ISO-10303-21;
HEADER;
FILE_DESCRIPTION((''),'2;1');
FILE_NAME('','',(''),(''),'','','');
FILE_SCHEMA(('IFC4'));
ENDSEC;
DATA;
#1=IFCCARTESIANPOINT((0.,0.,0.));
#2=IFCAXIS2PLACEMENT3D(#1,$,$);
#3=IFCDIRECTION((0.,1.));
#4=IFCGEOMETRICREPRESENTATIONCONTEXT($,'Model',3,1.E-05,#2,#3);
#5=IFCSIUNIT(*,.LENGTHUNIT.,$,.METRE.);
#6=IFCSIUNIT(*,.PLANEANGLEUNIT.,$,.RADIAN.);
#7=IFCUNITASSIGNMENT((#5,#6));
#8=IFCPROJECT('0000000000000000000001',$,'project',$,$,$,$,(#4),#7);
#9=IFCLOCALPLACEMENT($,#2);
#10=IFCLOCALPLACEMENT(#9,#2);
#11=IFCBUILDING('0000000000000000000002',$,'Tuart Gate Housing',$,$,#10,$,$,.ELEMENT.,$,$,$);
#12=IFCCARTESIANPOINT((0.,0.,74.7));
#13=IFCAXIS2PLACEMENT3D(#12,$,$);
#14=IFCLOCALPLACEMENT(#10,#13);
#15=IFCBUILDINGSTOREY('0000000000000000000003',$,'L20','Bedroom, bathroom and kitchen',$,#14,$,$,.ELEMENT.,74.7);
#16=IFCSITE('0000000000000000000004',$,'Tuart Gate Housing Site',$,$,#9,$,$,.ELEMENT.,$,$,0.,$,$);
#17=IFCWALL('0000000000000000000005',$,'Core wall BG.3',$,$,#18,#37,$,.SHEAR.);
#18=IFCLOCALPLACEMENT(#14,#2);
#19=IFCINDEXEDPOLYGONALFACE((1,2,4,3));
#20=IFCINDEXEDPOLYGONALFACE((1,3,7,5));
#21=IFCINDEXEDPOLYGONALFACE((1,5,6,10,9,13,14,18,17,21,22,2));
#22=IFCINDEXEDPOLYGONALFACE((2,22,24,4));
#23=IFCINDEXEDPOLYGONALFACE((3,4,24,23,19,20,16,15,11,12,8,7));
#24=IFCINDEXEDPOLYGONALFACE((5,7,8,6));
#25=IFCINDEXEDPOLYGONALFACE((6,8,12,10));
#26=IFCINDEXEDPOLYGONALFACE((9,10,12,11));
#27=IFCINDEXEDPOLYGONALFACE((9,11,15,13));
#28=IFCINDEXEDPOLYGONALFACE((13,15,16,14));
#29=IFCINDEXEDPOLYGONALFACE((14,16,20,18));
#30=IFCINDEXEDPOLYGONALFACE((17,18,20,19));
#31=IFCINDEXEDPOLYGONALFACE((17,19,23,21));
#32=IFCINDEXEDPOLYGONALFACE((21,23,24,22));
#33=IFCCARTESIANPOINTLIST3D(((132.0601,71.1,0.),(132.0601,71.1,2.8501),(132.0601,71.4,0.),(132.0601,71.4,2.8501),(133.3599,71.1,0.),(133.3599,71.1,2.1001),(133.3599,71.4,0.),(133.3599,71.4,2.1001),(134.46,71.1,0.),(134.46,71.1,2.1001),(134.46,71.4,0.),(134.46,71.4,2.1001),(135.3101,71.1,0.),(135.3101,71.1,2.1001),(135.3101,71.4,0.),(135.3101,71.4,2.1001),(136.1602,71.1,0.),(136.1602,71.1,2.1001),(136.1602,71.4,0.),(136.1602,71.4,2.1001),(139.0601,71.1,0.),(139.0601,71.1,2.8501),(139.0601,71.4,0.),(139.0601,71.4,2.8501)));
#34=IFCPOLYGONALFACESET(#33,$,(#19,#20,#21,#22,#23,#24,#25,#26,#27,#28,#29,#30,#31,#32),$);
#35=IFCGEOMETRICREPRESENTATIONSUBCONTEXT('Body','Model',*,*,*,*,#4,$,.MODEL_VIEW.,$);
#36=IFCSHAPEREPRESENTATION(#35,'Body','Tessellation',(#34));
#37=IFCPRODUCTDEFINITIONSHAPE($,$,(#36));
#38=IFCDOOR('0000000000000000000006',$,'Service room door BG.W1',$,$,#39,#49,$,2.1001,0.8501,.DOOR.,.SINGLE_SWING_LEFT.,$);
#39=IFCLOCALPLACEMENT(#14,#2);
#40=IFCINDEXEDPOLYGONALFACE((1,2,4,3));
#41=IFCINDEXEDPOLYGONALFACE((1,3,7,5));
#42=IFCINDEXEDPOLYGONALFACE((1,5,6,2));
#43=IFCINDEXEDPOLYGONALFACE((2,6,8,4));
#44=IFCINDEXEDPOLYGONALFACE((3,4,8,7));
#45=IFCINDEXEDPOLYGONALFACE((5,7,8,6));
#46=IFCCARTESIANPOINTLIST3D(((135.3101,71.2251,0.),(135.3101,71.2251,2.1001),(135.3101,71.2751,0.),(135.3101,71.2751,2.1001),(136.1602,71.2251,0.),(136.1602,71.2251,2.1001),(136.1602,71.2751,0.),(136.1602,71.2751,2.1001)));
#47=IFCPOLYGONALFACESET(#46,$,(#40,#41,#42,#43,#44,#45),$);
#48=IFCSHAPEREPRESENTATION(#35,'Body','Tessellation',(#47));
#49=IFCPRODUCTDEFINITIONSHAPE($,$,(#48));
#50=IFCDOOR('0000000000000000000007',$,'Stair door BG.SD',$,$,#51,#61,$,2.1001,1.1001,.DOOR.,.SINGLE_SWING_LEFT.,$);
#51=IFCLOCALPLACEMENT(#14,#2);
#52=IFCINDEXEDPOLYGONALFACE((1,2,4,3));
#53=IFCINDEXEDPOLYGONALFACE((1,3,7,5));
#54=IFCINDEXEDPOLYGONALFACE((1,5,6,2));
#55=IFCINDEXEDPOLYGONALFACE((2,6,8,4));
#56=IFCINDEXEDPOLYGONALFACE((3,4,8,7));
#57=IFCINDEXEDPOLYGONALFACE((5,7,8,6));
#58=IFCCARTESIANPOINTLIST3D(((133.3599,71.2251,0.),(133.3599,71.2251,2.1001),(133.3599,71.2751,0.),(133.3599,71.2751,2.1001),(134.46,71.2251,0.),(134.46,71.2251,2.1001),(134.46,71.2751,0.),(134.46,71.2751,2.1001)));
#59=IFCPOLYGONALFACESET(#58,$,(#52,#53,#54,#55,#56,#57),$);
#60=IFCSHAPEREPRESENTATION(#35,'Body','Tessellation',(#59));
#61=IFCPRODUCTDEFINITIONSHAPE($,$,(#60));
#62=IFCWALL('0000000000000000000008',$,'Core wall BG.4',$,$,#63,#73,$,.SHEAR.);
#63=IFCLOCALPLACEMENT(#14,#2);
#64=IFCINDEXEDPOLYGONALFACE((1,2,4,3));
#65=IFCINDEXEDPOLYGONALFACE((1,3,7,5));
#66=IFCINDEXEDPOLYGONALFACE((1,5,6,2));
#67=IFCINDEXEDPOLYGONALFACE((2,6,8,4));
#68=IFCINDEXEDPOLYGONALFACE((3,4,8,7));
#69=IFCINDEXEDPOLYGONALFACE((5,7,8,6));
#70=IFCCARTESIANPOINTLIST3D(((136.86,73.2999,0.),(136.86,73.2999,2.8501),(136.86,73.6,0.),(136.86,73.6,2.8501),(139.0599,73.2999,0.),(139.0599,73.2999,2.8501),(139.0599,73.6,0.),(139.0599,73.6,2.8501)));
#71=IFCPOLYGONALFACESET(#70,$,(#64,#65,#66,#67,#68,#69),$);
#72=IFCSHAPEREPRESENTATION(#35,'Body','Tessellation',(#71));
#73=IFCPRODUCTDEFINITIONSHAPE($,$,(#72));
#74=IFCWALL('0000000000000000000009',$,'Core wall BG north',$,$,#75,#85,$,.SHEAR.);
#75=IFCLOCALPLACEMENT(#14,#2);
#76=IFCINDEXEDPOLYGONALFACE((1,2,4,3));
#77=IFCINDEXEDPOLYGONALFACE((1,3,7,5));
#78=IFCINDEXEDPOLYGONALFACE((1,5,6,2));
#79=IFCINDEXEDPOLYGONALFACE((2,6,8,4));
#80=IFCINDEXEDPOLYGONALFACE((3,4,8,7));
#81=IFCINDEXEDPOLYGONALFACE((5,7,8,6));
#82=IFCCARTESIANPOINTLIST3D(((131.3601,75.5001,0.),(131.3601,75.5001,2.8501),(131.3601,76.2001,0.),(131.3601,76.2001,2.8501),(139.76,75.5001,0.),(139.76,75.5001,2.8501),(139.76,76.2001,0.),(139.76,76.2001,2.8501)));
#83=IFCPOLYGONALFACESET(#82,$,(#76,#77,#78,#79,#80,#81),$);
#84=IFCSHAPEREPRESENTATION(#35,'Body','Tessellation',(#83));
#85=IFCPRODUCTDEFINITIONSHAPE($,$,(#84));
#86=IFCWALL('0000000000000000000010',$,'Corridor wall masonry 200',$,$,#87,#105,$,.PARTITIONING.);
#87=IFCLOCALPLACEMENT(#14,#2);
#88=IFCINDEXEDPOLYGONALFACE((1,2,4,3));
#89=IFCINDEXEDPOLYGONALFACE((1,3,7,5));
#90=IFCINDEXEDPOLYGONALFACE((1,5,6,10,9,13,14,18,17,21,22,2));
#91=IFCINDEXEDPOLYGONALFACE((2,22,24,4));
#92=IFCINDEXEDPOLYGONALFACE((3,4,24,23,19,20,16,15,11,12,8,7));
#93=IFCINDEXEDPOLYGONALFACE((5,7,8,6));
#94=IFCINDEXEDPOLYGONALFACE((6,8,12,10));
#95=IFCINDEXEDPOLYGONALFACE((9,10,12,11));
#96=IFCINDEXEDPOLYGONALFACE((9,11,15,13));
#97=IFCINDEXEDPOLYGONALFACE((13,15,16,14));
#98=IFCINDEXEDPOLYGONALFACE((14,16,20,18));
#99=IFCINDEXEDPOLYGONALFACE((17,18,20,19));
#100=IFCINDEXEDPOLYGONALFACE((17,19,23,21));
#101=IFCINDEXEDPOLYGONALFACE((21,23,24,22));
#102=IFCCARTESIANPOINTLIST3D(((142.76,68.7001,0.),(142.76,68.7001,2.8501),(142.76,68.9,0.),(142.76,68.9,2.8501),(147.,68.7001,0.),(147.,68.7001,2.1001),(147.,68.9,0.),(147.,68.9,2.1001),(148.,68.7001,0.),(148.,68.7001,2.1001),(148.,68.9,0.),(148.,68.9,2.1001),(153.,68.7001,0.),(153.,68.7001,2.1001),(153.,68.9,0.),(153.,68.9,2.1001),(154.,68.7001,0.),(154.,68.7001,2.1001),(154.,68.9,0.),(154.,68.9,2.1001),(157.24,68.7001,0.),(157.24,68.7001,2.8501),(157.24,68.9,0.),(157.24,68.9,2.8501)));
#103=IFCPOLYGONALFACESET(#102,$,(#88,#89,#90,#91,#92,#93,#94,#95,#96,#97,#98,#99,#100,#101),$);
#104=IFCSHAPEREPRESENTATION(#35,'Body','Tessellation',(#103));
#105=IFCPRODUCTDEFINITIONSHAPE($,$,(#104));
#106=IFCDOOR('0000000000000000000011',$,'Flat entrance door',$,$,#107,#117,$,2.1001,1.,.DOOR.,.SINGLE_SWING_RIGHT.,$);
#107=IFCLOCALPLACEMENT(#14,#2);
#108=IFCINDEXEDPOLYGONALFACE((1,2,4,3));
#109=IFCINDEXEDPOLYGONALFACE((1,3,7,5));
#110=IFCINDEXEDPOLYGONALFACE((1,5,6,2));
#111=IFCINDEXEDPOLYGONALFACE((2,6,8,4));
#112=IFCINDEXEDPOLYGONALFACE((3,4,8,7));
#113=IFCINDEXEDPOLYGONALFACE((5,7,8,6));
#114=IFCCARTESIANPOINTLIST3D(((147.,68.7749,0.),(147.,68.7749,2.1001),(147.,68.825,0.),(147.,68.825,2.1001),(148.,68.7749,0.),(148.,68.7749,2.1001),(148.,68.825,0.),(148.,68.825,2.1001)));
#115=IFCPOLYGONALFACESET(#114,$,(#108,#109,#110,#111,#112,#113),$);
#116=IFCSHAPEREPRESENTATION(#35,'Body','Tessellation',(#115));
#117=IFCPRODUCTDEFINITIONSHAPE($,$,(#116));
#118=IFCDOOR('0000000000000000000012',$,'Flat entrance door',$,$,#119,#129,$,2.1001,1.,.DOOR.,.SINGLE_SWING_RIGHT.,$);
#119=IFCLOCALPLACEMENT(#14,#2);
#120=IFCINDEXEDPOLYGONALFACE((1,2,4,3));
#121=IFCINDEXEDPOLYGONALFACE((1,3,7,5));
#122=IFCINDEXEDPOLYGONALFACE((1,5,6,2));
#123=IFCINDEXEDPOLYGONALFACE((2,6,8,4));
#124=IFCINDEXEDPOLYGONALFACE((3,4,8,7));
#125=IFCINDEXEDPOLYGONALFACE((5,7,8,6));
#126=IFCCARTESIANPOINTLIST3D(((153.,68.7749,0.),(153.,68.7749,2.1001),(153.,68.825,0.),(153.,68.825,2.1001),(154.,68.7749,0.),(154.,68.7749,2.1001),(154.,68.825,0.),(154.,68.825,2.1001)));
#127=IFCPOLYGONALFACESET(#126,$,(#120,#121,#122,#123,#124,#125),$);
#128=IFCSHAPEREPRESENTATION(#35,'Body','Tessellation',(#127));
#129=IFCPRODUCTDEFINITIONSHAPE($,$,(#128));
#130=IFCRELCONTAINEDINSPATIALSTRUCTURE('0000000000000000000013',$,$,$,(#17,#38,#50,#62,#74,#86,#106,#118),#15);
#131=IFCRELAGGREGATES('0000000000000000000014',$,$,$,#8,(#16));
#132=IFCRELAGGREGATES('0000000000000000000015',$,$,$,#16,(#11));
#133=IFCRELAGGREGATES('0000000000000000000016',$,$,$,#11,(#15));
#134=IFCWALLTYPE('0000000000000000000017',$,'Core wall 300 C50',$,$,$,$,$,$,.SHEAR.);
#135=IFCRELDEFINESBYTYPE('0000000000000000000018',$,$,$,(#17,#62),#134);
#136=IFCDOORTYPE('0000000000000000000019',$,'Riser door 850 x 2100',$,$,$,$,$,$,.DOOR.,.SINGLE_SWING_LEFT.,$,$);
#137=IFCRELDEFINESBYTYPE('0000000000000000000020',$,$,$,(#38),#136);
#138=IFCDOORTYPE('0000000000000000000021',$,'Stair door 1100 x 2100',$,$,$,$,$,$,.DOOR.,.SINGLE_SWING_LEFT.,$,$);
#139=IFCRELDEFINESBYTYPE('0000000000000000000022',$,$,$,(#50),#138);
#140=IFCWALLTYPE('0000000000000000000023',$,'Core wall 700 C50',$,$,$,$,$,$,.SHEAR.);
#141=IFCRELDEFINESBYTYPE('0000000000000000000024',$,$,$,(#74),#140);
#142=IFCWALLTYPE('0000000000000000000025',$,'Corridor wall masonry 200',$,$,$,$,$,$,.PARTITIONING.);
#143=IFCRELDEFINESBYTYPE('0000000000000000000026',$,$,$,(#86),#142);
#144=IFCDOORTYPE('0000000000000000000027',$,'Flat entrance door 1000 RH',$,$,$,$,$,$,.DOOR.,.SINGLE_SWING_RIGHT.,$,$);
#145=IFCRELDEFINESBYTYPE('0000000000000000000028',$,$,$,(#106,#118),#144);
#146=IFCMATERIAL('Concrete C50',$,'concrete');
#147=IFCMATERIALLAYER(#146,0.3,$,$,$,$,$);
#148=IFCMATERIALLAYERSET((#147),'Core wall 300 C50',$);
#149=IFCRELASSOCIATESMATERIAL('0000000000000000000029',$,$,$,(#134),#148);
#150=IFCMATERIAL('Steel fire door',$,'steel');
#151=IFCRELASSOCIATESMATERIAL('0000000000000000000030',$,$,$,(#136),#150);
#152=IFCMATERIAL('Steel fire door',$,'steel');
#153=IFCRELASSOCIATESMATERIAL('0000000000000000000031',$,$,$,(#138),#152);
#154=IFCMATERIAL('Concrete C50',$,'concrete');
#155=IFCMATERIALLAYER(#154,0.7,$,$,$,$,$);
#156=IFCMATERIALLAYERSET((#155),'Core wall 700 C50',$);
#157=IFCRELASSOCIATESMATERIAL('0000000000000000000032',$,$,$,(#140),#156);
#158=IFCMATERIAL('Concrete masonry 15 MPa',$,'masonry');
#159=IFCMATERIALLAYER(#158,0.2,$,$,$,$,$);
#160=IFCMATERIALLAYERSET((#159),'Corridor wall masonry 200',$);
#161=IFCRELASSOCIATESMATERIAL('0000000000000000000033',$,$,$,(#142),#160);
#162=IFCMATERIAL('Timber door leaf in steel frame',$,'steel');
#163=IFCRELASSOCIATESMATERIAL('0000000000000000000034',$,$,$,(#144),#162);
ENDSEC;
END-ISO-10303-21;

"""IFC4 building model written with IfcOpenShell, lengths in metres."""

from ifc_helpers import new_model, si_unit, direction, frame, frame_2d, origin, place, context, subcontext, project, spatial, rectangle, extrude, material, layer, layer_set, type_object, element, fill, save


model = new_model("IFC4")

# Units and contexts
model_context = context("Model", 3, precision=1e-05, world=origin(), true_north=direction((0.0, 1.0)))
body_context = subcontext(model_context, "Body", "Model", "MODEL_VIEW")
ifc_project = project(units=[si_unit("LENGTHUNIT", "METRE"), si_unit("PLANEANGLEUNIT", "RADIAN")], contexts=[model_context])

# Site, building, storey
site_placement = place(None, origin())
site = spatial("IfcSite", under=ifc_project, at=site_placement, Name="Tuart Gate Housing Site", CompositionType="ELEMENT", RefElevation=0.0)
building_placement = place(site_placement, origin())
building = spatial("IfcBuilding", under=site, at=building_placement, Name="Tuart Gate Housing", CompositionType="ELEMENT")
storey_placement = place(building_placement, frame((0.0, 0.0, 74.7)))
storey = spatial("IfcBuildingStorey", under=building, at=storey_placement, Name="L20", Description="Bedroom, bathroom and kitchen", CompositionType="ELEMENT", Elevation=74.7)

# Wall, openings, doors
ifc_material_1 = material(Name="Concrete C50", Category="concrete")
ifc_layer_1 = layer(ifc_material_1, 0.3)
ifc_layer_set_1 = layer_set([ifc_layer_1], Name="Core wall 300 C50")
wall_type_1 = type_object("IfcWallType", Name="Core wall 300 C50", PredefinedType="SHEAR", material=ifc_layer_set_1)
wall_1_placement = place(storey_placement, frame((139.0601, 71.25, 0.0), z_axis=(0.0, 0.0, 1.0), x_axis=(-1.0, 0.0, 0.0)))
wall_1 = element("IfcWall", 1, at=wall_1_placement, inside=storey, type_object=wall_type_1, Name="Core wall BG.3", PredefinedType="SHEAR", context=body_context, shape_type="SweptSolid", body=[
    extrude(rectangle(XDim=7.0, YDim=0.3, at=frame_2d((3.5, 0.0))), origin(), (0.0, 0.0, 1.0), 2.8501),
])
opening_1_placement = place(wall_1_placement, frame((4.6001, 0.0, 0.0)))
opening_1 = element("IfcOpeningElement", 2, at=opening_1_placement, cuts=wall_1, PredefinedType="OPENING", context=body_context, shape_type="SweptSolid", body=[
    extrude(rectangle(XDim=1.1001, YDim=2.1001, at=frame_2d((0.55, 1.05))), frame((0.0, 0.1599, 0.0), z_axis=(0.0, -1.0, 0.0), x_axis=(1.0, 0.0, 0.0)), (0.0, 0.0, 1.0), 0.3201),
])
opening_2_placement = place(wall_1_placement, frame((2.8999, 0.0, 0.0)))
opening_2 = element("IfcOpeningElement", 3, at=opening_2_placement, cuts=wall_1, PredefinedType="OPENING", context=body_context, shape_type="SweptSolid", body=[
    extrude(rectangle(XDim=0.8501, YDim=2.1001, at=frame_2d((0.425, 1.05))), frame((0.0, 0.1599, 0.0), z_axis=(0.0, -1.0, 0.0), x_axis=(1.0, 0.0, 0.0)), (0.0, 0.0, 1.0), 0.3201),
])
ifc_material_2 = material(Name="Steel fire door", Category="steel")
door_type_1 = type_object("IfcDoorType", Name="Riser door 850 x 2100", OperationType="SINGLE_SWING_LEFT", PredefinedType="DOOR", material=ifc_material_2)
door_1_placement = place(opening_2_placement, origin())
door_1 = element("IfcDoor", 4, at=door_1_placement, inside=storey, type_object=door_type_1, Name="Service room door BG.W1", OperationType="SINGLE_SWING_LEFT", OverallHeight=2.1001, OverallWidth=0.8501, PredefinedType="DOOR", context=body_context, shape_type="SweptSolid", body=[
    extrude(rectangle(XDim=0.8501, YDim=2.1001, at=frame_2d((0.425, 1.05))), frame((0.0, 0.0249, 0.0), z_axis=(0.0, -1.0, 0.0), x_axis=(1.0, 0.0, 0.0)), (0.0, 0.0, 1.0), 0.05),
])
fill(opening_2, door_1)
ifc_material_3 = material(Name="Steel fire door", Category="steel")
door_type_2 = type_object("IfcDoorType", Name="Stair door 1100 x 2100", OperationType="SINGLE_SWING_LEFT", PredefinedType="DOOR", material=ifc_material_3)
door_2_placement = place(opening_1_placement, origin())
door_2 = element("IfcDoor", 5, at=door_2_placement, inside=storey, type_object=door_type_2, Name="Stair door BG.SD", OperationType="SINGLE_SWING_LEFT", OverallHeight=2.1001, OverallWidth=1.1001, PredefinedType="DOOR", context=body_context, shape_type="SweptSolid", body=[
    extrude(rectangle(XDim=1.1001, YDim=2.1001, at=frame_2d((0.55, 1.05))), frame((0.0, 0.0249, 0.0), z_axis=(0.0, -1.0, 0.0), x_axis=(1.0, 0.0, 0.0)), (0.0, 0.0, 1.0), 0.05),
])
fill(opening_1, door_2)

# Walls
wall_2_placement = place(storey_placement, frame((139.0601, 73.45, 0.0), z_axis=(0.0, 0.0, 1.0), x_axis=(-1.0, 0.0, 0.0)))
element("IfcWall", 6, at=wall_2_placement, inside=storey, type_object=wall_type_1, Name="Core wall BG.4", PredefinedType="SHEAR", context=body_context, shape_type="SweptSolid", body=[
    extrude(rectangle(XDim=2.2, YDim=0.3, at=frame_2d((1.1001, 0.0))), origin(), (0.0, 0.0, 1.0), 2.8501),
])
ifc_material_4 = material(Name="Concrete C50", Category="concrete")
ifc_layer_2 = layer(ifc_material_4, 0.7)
ifc_layer_set_2 = layer_set([ifc_layer_2], Name="Core wall 700 C50")
wall_type_2 = type_object("IfcWallType", Name="Core wall 700 C50", PredefinedType="SHEAR", material=ifc_layer_set_2)
wall_3_placement = place(storey_placement, frame((139.76, 75.8501, 0.0), z_axis=(0.0, 0.0, 1.0), x_axis=(-1.0, 0.0, 0.0)))
element("IfcWall", 7, at=wall_3_placement, inside=storey, type_object=wall_type_2, Name="Core wall BG north", PredefinedType="SHEAR", context=body_context, shape_type="SweptSolid", body=[
    extrude(rectangle(XDim=8.3999, YDim=0.7, at=frame_2d((4.2, 0.0))), origin(), (0.0, 0.0, 1.0), 2.8501),
])

# Wall, openings, doors
ifc_material_5 = material(Name="Concrete masonry 15 MPa", Category="masonry")
ifc_layer_3 = layer(ifc_material_5, 0.2)
ifc_layer_set_3 = layer_set([ifc_layer_3], Name="Corridor wall masonry 200")
wall_type_3 = type_object("IfcWallType", Name="Corridor wall masonry 200", PredefinedType="PARTITIONING", material=ifc_layer_set_3)
wall_4_placement = place(storey_placement, frame((142.76, 68.8, 0.0), z_axis=(0.0, 0.0, 1.0), x_axis=(1.0, 0.0, 0.0)))
wall_4 = element("IfcWall", 8, at=wall_4_placement, inside=storey, type_object=wall_type_3, Name="Corridor wall masonry 200", PredefinedType="PARTITIONING", context=body_context, shape_type="SweptSolid", body=[
    extrude(rectangle(XDim=14.48, YDim=0.2, at=frame_2d((7.24, 0.0))), origin(), (0.0, 0.0, 1.0), 2.8501),
])
opening_3_placement = place(wall_4_placement, frame((4.24, 0.0, 0.0)))
opening_3 = element("IfcOpeningElement", 9, at=opening_3_placement, cuts=wall_4, PredefinedType="OPENING", context=body_context, shape_type="SweptSolid", body=[
    extrude(rectangle(XDim=1.0, YDim=2.1001, at=frame_2d((0.5, 1.05))), frame((0.0, 0.1099, 0.0), z_axis=(0.0, -1.0, 0.0), x_axis=(1.0, 0.0, 0.0)), (0.0, 0.0, 1.0), 0.22),
])
opening_4_placement = place(wall_4_placement, frame((10.24, 0.0, 0.0)))
opening_4 = element("IfcOpeningElement", 10, at=opening_4_placement, cuts=wall_4, PredefinedType="OPENING", context=body_context, shape_type="SweptSolid", body=[
    extrude(rectangle(XDim=1.0, YDim=2.1001, at=frame_2d((0.5, 1.05))), frame((0.0, 0.1099, 0.0), z_axis=(0.0, -1.0, 0.0), x_axis=(1.0, 0.0, 0.0)), (0.0, 0.0, 1.0), 0.22),
])
ifc_material_6 = material(Name="Timber door leaf in steel frame", Category="steel")
door_type_3 = type_object("IfcDoorType", Name="Flat entrance door 1000 RH", OperationType="SINGLE_SWING_RIGHT", PredefinedType="DOOR", material=ifc_material_6)
door_3_placement = place(opening_3_placement, frame((1.0, 0.0, 0.0), z_axis=(0.0, 0.0, 1.0), x_axis=(-1.0, 0.0, 0.0)))
door_3 = element("IfcDoor", 11, at=door_3_placement, inside=storey, type_object=door_type_3, Name="Flat entrance door", OperationType="SINGLE_SWING_RIGHT", OverallHeight=2.1001, OverallWidth=1.0, PredefinedType="DOOR", context=body_context, shape_type="SweptSolid", body=[
    extrude(rectangle(XDim=1.0, YDim=2.1001, at=frame_2d((0.5, 1.05))), frame((0.0, 0.0251, 0.0), z_axis=(0.0, -1.0, 0.0), x_axis=(1.0, 0.0, 0.0)), (0.0, 0.0, 1.0), 0.05),
])
fill(opening_3, door_3)
door_4_placement = place(opening_4_placement, frame((1.0, 0.0, 0.0), z_axis=(0.0, 0.0, 1.0), x_axis=(-1.0, 0.0, 0.0)))
door_4 = element("IfcDoor", 12, at=door_4_placement, inside=storey, type_object=door_type_3, Name="Flat entrance door", OperationType="SINGLE_SWING_RIGHT", OverallHeight=2.1001, OverallWidth=1.0, PredefinedType="DOOR", context=body_context, shape_type="SweptSolid", body=[
    extrude(rectangle(XDim=1.0, YDim=2.1001, at=frame_2d((0.5, 1.05))), frame((0.0, 0.0251, 0.0), z_axis=(0.0, -1.0, 0.0), x_axis=(1.0, 0.0, 0.0)), (0.0, 0.0, 1.0), 0.05),
])
fill(opening_4, door_4)

save(model, "model.ifc")
